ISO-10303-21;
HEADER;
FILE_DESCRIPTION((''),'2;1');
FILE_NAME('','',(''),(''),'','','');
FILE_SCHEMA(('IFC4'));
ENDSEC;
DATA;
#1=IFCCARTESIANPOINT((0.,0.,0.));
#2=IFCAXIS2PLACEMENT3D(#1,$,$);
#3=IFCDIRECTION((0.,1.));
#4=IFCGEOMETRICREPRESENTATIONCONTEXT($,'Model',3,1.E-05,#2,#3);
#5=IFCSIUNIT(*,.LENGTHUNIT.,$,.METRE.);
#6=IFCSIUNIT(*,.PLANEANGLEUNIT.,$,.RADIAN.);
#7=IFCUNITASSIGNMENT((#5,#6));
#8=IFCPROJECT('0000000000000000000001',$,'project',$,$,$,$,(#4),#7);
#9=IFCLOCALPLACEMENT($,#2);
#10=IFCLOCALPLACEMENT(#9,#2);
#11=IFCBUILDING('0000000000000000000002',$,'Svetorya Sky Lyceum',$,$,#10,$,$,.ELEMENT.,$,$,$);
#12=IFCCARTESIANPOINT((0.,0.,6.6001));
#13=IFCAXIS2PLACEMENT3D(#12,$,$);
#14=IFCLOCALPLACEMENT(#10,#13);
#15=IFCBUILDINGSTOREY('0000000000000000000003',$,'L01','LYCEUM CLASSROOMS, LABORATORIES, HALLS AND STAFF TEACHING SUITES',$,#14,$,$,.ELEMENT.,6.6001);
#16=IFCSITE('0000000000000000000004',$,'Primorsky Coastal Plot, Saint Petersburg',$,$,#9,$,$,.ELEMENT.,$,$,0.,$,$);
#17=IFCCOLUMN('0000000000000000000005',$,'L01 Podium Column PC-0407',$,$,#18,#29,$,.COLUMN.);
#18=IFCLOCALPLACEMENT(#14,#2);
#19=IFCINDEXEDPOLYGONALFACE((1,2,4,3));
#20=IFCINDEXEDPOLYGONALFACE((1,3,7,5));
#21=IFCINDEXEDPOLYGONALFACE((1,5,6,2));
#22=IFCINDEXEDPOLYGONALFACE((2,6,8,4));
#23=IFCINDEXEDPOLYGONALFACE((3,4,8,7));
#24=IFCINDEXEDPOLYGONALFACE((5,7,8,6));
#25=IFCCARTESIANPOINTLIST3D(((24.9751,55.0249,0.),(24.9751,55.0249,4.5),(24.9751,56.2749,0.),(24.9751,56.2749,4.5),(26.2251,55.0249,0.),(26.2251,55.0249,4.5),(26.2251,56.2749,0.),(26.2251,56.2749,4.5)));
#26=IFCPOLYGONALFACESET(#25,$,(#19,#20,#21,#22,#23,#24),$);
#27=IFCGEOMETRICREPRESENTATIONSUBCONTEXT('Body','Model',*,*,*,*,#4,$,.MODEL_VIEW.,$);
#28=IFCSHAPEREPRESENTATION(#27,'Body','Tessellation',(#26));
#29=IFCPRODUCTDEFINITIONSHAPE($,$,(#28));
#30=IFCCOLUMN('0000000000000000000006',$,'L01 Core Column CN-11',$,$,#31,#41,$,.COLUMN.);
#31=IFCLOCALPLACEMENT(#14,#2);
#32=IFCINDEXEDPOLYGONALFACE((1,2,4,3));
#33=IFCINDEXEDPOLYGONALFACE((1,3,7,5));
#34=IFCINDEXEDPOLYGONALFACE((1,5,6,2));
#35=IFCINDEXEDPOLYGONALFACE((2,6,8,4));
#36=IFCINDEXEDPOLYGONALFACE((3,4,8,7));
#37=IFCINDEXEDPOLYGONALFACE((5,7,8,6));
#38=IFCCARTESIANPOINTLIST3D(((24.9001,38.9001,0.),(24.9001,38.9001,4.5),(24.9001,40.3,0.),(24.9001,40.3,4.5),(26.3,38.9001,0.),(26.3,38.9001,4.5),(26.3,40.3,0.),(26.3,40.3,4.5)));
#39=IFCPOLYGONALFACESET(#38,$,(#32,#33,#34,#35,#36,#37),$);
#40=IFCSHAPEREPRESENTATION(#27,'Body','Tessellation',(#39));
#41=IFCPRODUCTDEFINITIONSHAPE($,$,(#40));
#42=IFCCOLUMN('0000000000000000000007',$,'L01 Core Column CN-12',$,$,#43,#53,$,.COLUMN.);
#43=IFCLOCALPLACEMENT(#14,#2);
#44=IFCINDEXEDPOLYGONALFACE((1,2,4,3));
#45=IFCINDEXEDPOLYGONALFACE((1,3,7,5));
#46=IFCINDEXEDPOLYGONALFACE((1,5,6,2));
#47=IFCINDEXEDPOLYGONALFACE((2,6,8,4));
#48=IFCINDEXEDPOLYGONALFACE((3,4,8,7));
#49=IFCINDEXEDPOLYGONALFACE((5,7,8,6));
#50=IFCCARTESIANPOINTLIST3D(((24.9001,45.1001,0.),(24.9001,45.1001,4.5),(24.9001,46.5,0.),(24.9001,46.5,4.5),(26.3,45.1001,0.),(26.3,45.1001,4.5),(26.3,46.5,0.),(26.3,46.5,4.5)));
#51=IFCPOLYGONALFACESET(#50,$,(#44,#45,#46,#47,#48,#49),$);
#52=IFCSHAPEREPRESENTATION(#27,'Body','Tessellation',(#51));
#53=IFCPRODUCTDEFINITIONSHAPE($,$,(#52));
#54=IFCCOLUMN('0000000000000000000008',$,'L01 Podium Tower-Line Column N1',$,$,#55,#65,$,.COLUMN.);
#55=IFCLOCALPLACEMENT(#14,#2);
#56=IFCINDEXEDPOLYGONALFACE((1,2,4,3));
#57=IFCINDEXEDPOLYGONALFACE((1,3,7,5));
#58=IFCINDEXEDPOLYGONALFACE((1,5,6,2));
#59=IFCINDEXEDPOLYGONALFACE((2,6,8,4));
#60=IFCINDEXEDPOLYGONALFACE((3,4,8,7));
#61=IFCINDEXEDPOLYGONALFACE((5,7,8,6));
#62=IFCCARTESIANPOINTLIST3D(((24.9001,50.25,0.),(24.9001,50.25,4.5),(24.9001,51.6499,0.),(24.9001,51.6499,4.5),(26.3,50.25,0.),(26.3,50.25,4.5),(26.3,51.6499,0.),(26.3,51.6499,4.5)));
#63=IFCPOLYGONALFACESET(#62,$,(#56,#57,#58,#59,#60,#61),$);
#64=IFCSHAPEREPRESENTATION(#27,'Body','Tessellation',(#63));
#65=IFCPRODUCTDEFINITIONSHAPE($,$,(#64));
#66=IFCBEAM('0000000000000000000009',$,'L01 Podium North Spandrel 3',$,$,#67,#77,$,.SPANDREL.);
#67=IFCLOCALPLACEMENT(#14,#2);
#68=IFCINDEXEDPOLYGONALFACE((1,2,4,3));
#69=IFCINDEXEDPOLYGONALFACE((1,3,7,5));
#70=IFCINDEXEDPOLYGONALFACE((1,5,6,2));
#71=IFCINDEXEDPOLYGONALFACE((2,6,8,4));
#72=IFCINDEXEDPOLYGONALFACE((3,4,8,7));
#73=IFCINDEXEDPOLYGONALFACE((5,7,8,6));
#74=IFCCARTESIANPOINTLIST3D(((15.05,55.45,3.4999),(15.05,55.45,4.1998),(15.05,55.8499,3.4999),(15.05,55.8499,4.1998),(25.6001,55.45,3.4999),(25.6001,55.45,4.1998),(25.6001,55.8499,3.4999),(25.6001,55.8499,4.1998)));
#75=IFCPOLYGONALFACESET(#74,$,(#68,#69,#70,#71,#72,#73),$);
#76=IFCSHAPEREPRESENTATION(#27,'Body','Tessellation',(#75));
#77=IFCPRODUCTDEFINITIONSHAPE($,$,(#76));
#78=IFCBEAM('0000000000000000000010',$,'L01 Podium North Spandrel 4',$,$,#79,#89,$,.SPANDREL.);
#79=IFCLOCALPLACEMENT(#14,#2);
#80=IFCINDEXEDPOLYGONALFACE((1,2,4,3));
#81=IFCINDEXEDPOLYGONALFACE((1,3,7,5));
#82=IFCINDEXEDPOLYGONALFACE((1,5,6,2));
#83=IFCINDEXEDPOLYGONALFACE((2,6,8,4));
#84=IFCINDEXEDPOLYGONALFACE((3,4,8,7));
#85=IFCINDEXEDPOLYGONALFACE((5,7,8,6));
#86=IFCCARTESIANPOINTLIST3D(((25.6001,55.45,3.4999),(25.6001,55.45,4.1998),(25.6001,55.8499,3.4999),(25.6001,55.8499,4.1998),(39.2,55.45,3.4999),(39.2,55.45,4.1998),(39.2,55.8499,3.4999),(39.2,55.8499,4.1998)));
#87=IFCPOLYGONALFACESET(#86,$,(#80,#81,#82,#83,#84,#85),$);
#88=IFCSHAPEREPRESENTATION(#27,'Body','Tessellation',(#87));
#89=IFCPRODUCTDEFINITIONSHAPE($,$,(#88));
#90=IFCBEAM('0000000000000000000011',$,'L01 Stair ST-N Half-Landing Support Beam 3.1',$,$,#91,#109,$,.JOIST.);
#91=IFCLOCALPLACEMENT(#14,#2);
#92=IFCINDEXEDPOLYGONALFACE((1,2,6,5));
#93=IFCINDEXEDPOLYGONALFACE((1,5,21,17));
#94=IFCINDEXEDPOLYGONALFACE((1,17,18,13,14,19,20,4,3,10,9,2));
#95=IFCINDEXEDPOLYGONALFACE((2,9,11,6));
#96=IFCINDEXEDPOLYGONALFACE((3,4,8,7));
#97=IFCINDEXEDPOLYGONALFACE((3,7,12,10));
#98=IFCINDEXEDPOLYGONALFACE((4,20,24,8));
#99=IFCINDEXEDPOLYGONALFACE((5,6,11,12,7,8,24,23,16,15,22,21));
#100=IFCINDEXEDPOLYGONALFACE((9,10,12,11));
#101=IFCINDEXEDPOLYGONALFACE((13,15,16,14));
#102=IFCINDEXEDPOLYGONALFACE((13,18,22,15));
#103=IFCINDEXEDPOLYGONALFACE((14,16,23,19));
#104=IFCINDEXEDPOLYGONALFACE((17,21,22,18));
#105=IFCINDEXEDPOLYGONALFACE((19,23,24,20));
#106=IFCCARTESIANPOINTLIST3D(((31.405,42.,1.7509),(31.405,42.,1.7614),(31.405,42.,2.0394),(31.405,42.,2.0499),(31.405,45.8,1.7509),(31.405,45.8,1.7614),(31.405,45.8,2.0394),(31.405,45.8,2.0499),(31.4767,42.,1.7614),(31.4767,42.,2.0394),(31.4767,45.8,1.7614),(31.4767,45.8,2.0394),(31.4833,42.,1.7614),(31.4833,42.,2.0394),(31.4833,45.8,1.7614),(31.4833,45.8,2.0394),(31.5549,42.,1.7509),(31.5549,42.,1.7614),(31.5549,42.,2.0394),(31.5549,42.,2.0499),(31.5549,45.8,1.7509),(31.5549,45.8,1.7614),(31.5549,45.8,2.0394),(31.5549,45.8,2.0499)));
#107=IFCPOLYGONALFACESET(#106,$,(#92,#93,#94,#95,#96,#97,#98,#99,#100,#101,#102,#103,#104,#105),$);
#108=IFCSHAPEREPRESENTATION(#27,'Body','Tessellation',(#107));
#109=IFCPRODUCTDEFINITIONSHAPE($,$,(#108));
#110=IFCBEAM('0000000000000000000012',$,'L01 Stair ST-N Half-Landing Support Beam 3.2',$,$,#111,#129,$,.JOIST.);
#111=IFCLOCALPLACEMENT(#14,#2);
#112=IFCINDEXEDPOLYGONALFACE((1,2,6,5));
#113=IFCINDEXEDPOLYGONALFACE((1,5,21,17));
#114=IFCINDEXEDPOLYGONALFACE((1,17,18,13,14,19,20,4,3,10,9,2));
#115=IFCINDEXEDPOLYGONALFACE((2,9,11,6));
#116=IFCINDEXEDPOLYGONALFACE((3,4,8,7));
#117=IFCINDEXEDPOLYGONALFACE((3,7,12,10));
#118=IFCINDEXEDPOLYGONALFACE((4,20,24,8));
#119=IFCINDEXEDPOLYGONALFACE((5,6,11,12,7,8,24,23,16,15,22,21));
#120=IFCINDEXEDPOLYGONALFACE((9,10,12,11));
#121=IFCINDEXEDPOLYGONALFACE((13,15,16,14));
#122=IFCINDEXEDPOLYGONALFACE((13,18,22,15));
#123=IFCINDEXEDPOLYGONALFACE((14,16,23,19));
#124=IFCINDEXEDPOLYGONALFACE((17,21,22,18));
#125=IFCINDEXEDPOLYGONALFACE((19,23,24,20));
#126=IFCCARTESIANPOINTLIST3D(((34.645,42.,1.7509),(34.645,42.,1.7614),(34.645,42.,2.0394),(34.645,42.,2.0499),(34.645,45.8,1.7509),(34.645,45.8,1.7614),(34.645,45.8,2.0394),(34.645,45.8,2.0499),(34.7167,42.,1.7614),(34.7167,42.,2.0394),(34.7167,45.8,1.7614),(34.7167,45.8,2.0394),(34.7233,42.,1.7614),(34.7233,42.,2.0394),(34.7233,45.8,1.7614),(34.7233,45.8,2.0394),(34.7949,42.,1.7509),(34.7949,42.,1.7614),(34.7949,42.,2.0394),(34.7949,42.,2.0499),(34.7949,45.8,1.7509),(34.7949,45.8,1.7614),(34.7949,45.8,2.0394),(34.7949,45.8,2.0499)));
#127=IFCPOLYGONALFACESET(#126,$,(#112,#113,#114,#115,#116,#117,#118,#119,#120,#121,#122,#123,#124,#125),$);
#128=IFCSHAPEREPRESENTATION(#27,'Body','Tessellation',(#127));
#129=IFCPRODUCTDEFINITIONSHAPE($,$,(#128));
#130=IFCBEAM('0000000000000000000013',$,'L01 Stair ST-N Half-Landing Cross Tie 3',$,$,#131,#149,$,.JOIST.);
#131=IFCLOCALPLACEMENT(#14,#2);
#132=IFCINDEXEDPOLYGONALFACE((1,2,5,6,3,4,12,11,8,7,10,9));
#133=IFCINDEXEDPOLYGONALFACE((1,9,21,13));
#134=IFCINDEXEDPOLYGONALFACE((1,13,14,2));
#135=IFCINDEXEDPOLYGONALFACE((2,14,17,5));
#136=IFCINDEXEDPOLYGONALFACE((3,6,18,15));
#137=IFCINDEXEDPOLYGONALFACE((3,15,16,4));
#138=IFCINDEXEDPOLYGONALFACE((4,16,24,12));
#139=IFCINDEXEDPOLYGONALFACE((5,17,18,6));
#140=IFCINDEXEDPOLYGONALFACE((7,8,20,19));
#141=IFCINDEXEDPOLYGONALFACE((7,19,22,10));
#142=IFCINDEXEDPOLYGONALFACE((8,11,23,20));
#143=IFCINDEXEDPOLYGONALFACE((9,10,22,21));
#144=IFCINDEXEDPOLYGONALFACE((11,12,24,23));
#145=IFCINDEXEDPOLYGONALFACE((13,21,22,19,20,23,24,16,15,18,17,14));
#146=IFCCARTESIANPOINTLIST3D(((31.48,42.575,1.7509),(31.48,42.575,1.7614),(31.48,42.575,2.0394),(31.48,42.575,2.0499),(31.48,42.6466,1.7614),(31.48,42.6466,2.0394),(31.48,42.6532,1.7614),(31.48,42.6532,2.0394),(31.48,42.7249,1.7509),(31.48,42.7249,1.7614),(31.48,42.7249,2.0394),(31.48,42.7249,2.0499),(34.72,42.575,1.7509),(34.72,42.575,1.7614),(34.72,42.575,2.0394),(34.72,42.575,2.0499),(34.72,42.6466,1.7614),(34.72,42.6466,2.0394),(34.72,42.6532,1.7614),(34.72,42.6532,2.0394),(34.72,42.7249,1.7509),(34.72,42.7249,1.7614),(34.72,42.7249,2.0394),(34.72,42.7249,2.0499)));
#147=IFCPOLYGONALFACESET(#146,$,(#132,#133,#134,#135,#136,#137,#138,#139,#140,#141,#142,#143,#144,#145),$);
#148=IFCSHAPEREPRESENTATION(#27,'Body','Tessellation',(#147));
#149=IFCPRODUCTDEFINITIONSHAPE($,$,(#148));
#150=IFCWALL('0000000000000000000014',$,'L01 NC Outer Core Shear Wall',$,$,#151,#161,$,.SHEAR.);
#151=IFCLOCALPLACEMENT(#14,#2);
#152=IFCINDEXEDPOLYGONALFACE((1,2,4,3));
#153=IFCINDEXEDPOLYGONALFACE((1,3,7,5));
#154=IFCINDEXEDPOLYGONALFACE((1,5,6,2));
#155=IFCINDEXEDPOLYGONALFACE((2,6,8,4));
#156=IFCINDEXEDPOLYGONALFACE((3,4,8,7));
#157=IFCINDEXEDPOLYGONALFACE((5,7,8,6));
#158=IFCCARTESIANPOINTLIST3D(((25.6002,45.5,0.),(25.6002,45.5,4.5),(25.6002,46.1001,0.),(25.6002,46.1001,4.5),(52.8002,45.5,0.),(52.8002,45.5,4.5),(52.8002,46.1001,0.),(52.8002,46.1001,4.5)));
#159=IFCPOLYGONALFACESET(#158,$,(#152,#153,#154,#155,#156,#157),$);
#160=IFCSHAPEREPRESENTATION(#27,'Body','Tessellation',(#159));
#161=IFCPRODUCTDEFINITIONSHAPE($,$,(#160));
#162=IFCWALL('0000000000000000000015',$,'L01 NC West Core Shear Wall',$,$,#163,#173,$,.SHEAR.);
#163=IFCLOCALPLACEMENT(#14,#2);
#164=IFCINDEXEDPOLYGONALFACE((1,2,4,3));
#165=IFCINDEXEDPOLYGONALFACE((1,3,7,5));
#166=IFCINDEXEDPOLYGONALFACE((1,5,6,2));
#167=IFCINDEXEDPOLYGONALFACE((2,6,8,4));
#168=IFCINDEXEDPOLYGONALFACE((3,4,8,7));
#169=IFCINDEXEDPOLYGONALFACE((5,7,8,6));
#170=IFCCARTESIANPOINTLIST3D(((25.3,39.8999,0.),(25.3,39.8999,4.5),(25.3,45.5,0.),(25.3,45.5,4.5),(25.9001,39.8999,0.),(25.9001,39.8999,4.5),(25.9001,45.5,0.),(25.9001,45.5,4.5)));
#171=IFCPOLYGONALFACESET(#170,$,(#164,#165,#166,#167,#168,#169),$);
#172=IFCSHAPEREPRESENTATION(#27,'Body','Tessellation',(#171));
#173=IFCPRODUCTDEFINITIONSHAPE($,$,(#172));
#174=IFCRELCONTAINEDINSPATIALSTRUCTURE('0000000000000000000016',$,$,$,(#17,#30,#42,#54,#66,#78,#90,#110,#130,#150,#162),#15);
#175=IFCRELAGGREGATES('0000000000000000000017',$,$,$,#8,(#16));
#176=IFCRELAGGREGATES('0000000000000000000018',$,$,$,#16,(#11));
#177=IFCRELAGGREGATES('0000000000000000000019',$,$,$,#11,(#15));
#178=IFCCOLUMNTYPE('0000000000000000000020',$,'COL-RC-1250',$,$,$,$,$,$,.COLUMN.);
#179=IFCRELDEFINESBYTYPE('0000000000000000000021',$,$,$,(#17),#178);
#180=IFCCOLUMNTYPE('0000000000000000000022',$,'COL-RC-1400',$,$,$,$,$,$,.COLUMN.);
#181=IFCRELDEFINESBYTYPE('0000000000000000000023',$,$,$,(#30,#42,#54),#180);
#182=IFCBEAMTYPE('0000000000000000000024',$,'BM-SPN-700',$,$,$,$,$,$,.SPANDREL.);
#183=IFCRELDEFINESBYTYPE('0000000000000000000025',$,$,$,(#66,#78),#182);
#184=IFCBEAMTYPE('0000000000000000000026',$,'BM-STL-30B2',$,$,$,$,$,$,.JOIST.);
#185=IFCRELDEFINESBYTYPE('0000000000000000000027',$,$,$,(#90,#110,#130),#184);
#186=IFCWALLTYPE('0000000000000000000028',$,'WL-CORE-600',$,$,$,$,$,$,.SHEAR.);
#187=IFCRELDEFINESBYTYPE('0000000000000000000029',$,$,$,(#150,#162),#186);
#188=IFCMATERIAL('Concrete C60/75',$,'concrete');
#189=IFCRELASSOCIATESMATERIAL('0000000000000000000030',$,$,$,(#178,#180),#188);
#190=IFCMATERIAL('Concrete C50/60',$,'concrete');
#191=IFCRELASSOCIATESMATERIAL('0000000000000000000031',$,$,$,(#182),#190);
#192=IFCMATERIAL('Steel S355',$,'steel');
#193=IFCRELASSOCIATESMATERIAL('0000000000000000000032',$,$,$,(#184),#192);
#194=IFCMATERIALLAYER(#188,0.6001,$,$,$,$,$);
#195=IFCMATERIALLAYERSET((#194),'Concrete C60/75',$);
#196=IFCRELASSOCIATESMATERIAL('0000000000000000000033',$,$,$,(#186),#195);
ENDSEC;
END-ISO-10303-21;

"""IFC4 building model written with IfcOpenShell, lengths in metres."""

from ifc_helpers import new_model, si_unit, direction, frame, frame_2d, origin, origin_2d, place, context, subcontext, project, spatial, rectangle, i_section, extrude, material, layer, layer_set, material_profile, profile_set, type_object, element, save


model = new_model("IFC4")

# Units and contexts
model_context = context("Model", 3, precision=1e-05, world=origin(), true_north=direction((0.0, 1.0)))
body_context = subcontext(model_context, "Body", "Model", "MODEL_VIEW")
ifc_project = project(units=[si_unit("LENGTHUNIT", "METRE"), si_unit("PLANEANGLEUNIT", "RADIAN")], contexts=[model_context])

# Site, building, storey
site_placement = place(None, origin())
site = spatial("IfcSite", under=ifc_project, at=site_placement, Name="Primorsky Coastal Plot, Saint Petersburg", CompositionType="ELEMENT", RefElevation=0.0)
building_placement = place(site_placement, origin())
building = spatial("IfcBuilding", under=site, at=building_placement, Name="Svetorya Sky Lyceum", CompositionType="ELEMENT")
storey_placement = place(building_placement, frame((0.0, 0.0, 6.6001)))
storey = spatial("IfcBuildingStorey", under=building, at=storey_placement, Name="L01", Description="LYCEUM CLASSROOMS, LABORATORIES, HALLS AND STAFF TEACHING SUITES", CompositionType="ELEMENT", Elevation=6.6001)

# Columns
ifc_material_1 = material(Name="Concrete C60/75", Category="concrete")
ifc_material_profile_1 = material_profile(ifc_material_1, rectangle(XDim=1.25, YDim=1.25, at=origin_2d()), Name="RC COL 1250x1250")
ifc_profile_set_1 = profile_set([ifc_material_profile_1], Name="Concrete C60/75")
column_type_1 = type_object("IfcColumnType", Name="COL-RC-1250", PredefinedType="COLUMN", material=ifc_profile_set_1)
column_placement = place(storey_placement, frame((25.6001, 55.6499, 0.0), z_axis=(0.0, 0.0, 1.0), x_axis=(1.0, 0.0, 0.0)))
element("IfcColumn", 1, at=column_placement, inside=storey, type_object=column_type_1, Name="L01 Podium Column PC-0407", PredefinedType="COLUMN", context=body_context, shape_type="SweptSolid", body=[
    extrude(rectangle(XDim=1.25, YDim=1.25, at=origin_2d()), origin(), (0.0, 0.0, 1.0), 4.5),
])
ifc_material_profile_2 = material_profile(ifc_material_1, rectangle(XDim=1.3999, YDim=1.3999, at=origin_2d()), Name="RC COL 1400x1400")
ifc_profile_set_2 = profile_set([ifc_material_profile_2], Name="Concrete C60/75")
column_type_2 = type_object("IfcColumnType", Name="COL-RC-1400", PredefinedType="COLUMN", material=ifc_profile_set_2)
for number, where, z_axis, x_axis, name in (
    (2, (25.6001, 39.6001, 0.0), (0.0, 0.0, 1.0), (1.0, 0.0, 0.0), "L01 Core Column CN-11"),
    (3, (25.6001, 45.8, 0.0), (0.0, 0.0, 1.0), (1.0, 0.0, 0.0), "L01 Core Column CN-12"),
    (4, (25.6001, 50.95, 0.0), (0.0, 0.0, 1.0), (1.0, 0.0, 0.0), "L01 Podium Tower-Line Column N1"),
):
    element("IfcColumn", number, at=place(storey_placement, frame(where, z_axis=z_axis, x_axis=x_axis)), inside=storey, type_object=column_type_2, Name=name, PredefinedType="COLUMN", context=body_context, shape_type="SweptSolid", body=[
        extrude(rectangle(XDim=1.3999, YDim=1.3999, at=origin_2d()), origin(), (0.0, 0.0, 1.0), 4.5),
    ])

# Beams
ifc_material_2 = material(Name="Concrete C50/60", Category="concrete")
ifc_material_profile_3 = material_profile(ifc_material_2, rectangle(XDim=0.3999, YDim=0.7, at=origin_2d()), Name="RC SPANDREL 400x700")
ifc_profile_set_3 = profile_set([ifc_material_profile_3], Name="Concrete C50/60")
beam_type_1 = type_object("IfcBeamType", Name="BM-SPN-700", PredefinedType="SPANDREL", material=ifc_profile_set_3)
beam_1_placement = place(storey_placement, frame((15.05, 55.6499, 3.8499), z_axis=(1.0, 0.0, 0.0), x_axis=(0.0, 1.0, 0.0)))
element("IfcBeam", 5, at=beam_1_placement, inside=storey, type_object=beam_type_1, Name="L01 Podium North Spandrel 3", PredefinedType="SPANDREL", context=body_context, shape_type="SweptSolid", body=[
    extrude(rectangle(XDim=0.3999, YDim=0.7, at=origin_2d()), origin(), (0.0, 0.0, 1.0), 10.55),
])
beam_2_placement = place(storey_placement, frame((25.6001, 55.6499, 3.8499), z_axis=(1.0, 0.0, 0.0), x_axis=(0.0, 1.0, 0.0)))
element("IfcBeam", 6, at=beam_2_placement, inside=storey, type_object=beam_type_1, Name="L01 Podium North Spandrel 4", PredefinedType="SPANDREL", context=body_context, shape_type="SweptSolid", body=[
    extrude(rectangle(XDim=0.3999, YDim=0.7, at=origin_2d()), origin(), (0.0, 0.0, 1.0), 13.5999),
])
ifc_material_3 = material(Name="Steel S355", Category="steel")
ifc_material_profile_4 = material_profile(ifc_material_3, i_section(OverallWidth=0.1499, OverallDepth=0.2991, WebThickness=0.0066, FlangeThickness=0.0105, at=origin_2d()), Name="GOST 30B2")
ifc_profile_set_4 = profile_set([ifc_material_profile_4], Name="Steel S355")
beam_type_2 = type_object("IfcBeamType", Name="BM-STL-30B2", PredefinedType="JOIST", material=ifc_profile_set_4)
for number, where, z_axis, x_axis, name in (
    (7, (31.48, 42.0, 1.9004), (0.0, 1.0, 0.0), (-1.0, 0.0, 0.0), "L01 Stair ST-N Half-Landing Support Beam 3.1"),
    (8, (34.72, 42.0, 1.9004), (0.0, 1.0, 0.0), (-1.0, 0.0, 0.0), "L01 Stair ST-N Half-Landing Support Beam 3.2"),
):
    element("IfcBeam", number, at=place(storey_placement, frame(where, z_axis=z_axis, x_axis=x_axis)), inside=storey, type_object=beam_type_2, Name=name, PredefinedType="JOIST", context=body_context, shape_type="SweptSolid", body=[
        extrude(i_section(OverallWidth=0.1499, OverallDepth=0.2991, WebThickness=0.0066, FlangeThickness=0.0105, at=origin_2d()), origin(), (0.0, 0.0, 1.0), 3.8),
    ])
beam_3_placement = place(storey_placement, frame((31.48, 42.6499, 1.9004), z_axis=(1.0, 0.0, 0.0), x_axis=(0.0, 1.0, 0.0)))
element("IfcBeam", 9, at=beam_3_placement, inside=storey, type_object=beam_type_2, Name="L01 Stair ST-N Half-Landing Cross Tie 3", PredefinedType="JOIST", context=body_context, shape_type="SweptSolid", body=[
    extrude(i_section(OverallWidth=0.1499, OverallDepth=0.2991, WebThickness=0.0066, FlangeThickness=0.0105, at=origin_2d()), origin(), (0.0, 0.0, 1.0), 3.24),
])

# Walls
ifc_layer_1 = layer(ifc_material_1, 0.6001)
ifc_layer_set_1 = layer_set([ifc_layer_1], Name="Concrete C60/75")
wall_type_1 = type_object("IfcWallType", Name="WL-CORE-600", PredefinedType="SHEAR", material=ifc_layer_set_1)
wall_1_placement = place(storey_placement, frame((25.6001, 45.8, 0.0), z_axis=(0.0, 0.0, 1.0), x_axis=(1.0, 0.0, 0.0)))
element("IfcWall", 10, at=wall_1_placement, inside=storey, type_object=wall_type_1, Name="L01 NC Outer Core Shear Wall", PredefinedType="SHEAR", context=body_context, shape_type="SweptSolid", body=[
    extrude(rectangle(XDim=27.2, YDim=0.6001, at=frame_2d((13.6001, 0.0))), origin(), (0.0, 0.0, 1.0), 4.5),
])
wall_2_placement = place(storey_placement, frame((25.6001, 39.8999, 0.0), z_axis=(0.0, 0.0, 1.0), x_axis=(0.0, 1.0, 0.0)))
element("IfcWall", 11, at=wall_2_placement, inside=storey, type_object=wall_type_1, Name="L01 NC West Core Shear Wall", PredefinedType="SHEAR", context=body_context, shape_type="SweptSolid", body=[
    extrude(rectangle(XDim=5.6001, YDim=0.6001, at=frame_2d((2.8, 0.0))), origin(), (0.0, 0.0, 1.0), 4.5),
])

save(model, "model.ifc")
